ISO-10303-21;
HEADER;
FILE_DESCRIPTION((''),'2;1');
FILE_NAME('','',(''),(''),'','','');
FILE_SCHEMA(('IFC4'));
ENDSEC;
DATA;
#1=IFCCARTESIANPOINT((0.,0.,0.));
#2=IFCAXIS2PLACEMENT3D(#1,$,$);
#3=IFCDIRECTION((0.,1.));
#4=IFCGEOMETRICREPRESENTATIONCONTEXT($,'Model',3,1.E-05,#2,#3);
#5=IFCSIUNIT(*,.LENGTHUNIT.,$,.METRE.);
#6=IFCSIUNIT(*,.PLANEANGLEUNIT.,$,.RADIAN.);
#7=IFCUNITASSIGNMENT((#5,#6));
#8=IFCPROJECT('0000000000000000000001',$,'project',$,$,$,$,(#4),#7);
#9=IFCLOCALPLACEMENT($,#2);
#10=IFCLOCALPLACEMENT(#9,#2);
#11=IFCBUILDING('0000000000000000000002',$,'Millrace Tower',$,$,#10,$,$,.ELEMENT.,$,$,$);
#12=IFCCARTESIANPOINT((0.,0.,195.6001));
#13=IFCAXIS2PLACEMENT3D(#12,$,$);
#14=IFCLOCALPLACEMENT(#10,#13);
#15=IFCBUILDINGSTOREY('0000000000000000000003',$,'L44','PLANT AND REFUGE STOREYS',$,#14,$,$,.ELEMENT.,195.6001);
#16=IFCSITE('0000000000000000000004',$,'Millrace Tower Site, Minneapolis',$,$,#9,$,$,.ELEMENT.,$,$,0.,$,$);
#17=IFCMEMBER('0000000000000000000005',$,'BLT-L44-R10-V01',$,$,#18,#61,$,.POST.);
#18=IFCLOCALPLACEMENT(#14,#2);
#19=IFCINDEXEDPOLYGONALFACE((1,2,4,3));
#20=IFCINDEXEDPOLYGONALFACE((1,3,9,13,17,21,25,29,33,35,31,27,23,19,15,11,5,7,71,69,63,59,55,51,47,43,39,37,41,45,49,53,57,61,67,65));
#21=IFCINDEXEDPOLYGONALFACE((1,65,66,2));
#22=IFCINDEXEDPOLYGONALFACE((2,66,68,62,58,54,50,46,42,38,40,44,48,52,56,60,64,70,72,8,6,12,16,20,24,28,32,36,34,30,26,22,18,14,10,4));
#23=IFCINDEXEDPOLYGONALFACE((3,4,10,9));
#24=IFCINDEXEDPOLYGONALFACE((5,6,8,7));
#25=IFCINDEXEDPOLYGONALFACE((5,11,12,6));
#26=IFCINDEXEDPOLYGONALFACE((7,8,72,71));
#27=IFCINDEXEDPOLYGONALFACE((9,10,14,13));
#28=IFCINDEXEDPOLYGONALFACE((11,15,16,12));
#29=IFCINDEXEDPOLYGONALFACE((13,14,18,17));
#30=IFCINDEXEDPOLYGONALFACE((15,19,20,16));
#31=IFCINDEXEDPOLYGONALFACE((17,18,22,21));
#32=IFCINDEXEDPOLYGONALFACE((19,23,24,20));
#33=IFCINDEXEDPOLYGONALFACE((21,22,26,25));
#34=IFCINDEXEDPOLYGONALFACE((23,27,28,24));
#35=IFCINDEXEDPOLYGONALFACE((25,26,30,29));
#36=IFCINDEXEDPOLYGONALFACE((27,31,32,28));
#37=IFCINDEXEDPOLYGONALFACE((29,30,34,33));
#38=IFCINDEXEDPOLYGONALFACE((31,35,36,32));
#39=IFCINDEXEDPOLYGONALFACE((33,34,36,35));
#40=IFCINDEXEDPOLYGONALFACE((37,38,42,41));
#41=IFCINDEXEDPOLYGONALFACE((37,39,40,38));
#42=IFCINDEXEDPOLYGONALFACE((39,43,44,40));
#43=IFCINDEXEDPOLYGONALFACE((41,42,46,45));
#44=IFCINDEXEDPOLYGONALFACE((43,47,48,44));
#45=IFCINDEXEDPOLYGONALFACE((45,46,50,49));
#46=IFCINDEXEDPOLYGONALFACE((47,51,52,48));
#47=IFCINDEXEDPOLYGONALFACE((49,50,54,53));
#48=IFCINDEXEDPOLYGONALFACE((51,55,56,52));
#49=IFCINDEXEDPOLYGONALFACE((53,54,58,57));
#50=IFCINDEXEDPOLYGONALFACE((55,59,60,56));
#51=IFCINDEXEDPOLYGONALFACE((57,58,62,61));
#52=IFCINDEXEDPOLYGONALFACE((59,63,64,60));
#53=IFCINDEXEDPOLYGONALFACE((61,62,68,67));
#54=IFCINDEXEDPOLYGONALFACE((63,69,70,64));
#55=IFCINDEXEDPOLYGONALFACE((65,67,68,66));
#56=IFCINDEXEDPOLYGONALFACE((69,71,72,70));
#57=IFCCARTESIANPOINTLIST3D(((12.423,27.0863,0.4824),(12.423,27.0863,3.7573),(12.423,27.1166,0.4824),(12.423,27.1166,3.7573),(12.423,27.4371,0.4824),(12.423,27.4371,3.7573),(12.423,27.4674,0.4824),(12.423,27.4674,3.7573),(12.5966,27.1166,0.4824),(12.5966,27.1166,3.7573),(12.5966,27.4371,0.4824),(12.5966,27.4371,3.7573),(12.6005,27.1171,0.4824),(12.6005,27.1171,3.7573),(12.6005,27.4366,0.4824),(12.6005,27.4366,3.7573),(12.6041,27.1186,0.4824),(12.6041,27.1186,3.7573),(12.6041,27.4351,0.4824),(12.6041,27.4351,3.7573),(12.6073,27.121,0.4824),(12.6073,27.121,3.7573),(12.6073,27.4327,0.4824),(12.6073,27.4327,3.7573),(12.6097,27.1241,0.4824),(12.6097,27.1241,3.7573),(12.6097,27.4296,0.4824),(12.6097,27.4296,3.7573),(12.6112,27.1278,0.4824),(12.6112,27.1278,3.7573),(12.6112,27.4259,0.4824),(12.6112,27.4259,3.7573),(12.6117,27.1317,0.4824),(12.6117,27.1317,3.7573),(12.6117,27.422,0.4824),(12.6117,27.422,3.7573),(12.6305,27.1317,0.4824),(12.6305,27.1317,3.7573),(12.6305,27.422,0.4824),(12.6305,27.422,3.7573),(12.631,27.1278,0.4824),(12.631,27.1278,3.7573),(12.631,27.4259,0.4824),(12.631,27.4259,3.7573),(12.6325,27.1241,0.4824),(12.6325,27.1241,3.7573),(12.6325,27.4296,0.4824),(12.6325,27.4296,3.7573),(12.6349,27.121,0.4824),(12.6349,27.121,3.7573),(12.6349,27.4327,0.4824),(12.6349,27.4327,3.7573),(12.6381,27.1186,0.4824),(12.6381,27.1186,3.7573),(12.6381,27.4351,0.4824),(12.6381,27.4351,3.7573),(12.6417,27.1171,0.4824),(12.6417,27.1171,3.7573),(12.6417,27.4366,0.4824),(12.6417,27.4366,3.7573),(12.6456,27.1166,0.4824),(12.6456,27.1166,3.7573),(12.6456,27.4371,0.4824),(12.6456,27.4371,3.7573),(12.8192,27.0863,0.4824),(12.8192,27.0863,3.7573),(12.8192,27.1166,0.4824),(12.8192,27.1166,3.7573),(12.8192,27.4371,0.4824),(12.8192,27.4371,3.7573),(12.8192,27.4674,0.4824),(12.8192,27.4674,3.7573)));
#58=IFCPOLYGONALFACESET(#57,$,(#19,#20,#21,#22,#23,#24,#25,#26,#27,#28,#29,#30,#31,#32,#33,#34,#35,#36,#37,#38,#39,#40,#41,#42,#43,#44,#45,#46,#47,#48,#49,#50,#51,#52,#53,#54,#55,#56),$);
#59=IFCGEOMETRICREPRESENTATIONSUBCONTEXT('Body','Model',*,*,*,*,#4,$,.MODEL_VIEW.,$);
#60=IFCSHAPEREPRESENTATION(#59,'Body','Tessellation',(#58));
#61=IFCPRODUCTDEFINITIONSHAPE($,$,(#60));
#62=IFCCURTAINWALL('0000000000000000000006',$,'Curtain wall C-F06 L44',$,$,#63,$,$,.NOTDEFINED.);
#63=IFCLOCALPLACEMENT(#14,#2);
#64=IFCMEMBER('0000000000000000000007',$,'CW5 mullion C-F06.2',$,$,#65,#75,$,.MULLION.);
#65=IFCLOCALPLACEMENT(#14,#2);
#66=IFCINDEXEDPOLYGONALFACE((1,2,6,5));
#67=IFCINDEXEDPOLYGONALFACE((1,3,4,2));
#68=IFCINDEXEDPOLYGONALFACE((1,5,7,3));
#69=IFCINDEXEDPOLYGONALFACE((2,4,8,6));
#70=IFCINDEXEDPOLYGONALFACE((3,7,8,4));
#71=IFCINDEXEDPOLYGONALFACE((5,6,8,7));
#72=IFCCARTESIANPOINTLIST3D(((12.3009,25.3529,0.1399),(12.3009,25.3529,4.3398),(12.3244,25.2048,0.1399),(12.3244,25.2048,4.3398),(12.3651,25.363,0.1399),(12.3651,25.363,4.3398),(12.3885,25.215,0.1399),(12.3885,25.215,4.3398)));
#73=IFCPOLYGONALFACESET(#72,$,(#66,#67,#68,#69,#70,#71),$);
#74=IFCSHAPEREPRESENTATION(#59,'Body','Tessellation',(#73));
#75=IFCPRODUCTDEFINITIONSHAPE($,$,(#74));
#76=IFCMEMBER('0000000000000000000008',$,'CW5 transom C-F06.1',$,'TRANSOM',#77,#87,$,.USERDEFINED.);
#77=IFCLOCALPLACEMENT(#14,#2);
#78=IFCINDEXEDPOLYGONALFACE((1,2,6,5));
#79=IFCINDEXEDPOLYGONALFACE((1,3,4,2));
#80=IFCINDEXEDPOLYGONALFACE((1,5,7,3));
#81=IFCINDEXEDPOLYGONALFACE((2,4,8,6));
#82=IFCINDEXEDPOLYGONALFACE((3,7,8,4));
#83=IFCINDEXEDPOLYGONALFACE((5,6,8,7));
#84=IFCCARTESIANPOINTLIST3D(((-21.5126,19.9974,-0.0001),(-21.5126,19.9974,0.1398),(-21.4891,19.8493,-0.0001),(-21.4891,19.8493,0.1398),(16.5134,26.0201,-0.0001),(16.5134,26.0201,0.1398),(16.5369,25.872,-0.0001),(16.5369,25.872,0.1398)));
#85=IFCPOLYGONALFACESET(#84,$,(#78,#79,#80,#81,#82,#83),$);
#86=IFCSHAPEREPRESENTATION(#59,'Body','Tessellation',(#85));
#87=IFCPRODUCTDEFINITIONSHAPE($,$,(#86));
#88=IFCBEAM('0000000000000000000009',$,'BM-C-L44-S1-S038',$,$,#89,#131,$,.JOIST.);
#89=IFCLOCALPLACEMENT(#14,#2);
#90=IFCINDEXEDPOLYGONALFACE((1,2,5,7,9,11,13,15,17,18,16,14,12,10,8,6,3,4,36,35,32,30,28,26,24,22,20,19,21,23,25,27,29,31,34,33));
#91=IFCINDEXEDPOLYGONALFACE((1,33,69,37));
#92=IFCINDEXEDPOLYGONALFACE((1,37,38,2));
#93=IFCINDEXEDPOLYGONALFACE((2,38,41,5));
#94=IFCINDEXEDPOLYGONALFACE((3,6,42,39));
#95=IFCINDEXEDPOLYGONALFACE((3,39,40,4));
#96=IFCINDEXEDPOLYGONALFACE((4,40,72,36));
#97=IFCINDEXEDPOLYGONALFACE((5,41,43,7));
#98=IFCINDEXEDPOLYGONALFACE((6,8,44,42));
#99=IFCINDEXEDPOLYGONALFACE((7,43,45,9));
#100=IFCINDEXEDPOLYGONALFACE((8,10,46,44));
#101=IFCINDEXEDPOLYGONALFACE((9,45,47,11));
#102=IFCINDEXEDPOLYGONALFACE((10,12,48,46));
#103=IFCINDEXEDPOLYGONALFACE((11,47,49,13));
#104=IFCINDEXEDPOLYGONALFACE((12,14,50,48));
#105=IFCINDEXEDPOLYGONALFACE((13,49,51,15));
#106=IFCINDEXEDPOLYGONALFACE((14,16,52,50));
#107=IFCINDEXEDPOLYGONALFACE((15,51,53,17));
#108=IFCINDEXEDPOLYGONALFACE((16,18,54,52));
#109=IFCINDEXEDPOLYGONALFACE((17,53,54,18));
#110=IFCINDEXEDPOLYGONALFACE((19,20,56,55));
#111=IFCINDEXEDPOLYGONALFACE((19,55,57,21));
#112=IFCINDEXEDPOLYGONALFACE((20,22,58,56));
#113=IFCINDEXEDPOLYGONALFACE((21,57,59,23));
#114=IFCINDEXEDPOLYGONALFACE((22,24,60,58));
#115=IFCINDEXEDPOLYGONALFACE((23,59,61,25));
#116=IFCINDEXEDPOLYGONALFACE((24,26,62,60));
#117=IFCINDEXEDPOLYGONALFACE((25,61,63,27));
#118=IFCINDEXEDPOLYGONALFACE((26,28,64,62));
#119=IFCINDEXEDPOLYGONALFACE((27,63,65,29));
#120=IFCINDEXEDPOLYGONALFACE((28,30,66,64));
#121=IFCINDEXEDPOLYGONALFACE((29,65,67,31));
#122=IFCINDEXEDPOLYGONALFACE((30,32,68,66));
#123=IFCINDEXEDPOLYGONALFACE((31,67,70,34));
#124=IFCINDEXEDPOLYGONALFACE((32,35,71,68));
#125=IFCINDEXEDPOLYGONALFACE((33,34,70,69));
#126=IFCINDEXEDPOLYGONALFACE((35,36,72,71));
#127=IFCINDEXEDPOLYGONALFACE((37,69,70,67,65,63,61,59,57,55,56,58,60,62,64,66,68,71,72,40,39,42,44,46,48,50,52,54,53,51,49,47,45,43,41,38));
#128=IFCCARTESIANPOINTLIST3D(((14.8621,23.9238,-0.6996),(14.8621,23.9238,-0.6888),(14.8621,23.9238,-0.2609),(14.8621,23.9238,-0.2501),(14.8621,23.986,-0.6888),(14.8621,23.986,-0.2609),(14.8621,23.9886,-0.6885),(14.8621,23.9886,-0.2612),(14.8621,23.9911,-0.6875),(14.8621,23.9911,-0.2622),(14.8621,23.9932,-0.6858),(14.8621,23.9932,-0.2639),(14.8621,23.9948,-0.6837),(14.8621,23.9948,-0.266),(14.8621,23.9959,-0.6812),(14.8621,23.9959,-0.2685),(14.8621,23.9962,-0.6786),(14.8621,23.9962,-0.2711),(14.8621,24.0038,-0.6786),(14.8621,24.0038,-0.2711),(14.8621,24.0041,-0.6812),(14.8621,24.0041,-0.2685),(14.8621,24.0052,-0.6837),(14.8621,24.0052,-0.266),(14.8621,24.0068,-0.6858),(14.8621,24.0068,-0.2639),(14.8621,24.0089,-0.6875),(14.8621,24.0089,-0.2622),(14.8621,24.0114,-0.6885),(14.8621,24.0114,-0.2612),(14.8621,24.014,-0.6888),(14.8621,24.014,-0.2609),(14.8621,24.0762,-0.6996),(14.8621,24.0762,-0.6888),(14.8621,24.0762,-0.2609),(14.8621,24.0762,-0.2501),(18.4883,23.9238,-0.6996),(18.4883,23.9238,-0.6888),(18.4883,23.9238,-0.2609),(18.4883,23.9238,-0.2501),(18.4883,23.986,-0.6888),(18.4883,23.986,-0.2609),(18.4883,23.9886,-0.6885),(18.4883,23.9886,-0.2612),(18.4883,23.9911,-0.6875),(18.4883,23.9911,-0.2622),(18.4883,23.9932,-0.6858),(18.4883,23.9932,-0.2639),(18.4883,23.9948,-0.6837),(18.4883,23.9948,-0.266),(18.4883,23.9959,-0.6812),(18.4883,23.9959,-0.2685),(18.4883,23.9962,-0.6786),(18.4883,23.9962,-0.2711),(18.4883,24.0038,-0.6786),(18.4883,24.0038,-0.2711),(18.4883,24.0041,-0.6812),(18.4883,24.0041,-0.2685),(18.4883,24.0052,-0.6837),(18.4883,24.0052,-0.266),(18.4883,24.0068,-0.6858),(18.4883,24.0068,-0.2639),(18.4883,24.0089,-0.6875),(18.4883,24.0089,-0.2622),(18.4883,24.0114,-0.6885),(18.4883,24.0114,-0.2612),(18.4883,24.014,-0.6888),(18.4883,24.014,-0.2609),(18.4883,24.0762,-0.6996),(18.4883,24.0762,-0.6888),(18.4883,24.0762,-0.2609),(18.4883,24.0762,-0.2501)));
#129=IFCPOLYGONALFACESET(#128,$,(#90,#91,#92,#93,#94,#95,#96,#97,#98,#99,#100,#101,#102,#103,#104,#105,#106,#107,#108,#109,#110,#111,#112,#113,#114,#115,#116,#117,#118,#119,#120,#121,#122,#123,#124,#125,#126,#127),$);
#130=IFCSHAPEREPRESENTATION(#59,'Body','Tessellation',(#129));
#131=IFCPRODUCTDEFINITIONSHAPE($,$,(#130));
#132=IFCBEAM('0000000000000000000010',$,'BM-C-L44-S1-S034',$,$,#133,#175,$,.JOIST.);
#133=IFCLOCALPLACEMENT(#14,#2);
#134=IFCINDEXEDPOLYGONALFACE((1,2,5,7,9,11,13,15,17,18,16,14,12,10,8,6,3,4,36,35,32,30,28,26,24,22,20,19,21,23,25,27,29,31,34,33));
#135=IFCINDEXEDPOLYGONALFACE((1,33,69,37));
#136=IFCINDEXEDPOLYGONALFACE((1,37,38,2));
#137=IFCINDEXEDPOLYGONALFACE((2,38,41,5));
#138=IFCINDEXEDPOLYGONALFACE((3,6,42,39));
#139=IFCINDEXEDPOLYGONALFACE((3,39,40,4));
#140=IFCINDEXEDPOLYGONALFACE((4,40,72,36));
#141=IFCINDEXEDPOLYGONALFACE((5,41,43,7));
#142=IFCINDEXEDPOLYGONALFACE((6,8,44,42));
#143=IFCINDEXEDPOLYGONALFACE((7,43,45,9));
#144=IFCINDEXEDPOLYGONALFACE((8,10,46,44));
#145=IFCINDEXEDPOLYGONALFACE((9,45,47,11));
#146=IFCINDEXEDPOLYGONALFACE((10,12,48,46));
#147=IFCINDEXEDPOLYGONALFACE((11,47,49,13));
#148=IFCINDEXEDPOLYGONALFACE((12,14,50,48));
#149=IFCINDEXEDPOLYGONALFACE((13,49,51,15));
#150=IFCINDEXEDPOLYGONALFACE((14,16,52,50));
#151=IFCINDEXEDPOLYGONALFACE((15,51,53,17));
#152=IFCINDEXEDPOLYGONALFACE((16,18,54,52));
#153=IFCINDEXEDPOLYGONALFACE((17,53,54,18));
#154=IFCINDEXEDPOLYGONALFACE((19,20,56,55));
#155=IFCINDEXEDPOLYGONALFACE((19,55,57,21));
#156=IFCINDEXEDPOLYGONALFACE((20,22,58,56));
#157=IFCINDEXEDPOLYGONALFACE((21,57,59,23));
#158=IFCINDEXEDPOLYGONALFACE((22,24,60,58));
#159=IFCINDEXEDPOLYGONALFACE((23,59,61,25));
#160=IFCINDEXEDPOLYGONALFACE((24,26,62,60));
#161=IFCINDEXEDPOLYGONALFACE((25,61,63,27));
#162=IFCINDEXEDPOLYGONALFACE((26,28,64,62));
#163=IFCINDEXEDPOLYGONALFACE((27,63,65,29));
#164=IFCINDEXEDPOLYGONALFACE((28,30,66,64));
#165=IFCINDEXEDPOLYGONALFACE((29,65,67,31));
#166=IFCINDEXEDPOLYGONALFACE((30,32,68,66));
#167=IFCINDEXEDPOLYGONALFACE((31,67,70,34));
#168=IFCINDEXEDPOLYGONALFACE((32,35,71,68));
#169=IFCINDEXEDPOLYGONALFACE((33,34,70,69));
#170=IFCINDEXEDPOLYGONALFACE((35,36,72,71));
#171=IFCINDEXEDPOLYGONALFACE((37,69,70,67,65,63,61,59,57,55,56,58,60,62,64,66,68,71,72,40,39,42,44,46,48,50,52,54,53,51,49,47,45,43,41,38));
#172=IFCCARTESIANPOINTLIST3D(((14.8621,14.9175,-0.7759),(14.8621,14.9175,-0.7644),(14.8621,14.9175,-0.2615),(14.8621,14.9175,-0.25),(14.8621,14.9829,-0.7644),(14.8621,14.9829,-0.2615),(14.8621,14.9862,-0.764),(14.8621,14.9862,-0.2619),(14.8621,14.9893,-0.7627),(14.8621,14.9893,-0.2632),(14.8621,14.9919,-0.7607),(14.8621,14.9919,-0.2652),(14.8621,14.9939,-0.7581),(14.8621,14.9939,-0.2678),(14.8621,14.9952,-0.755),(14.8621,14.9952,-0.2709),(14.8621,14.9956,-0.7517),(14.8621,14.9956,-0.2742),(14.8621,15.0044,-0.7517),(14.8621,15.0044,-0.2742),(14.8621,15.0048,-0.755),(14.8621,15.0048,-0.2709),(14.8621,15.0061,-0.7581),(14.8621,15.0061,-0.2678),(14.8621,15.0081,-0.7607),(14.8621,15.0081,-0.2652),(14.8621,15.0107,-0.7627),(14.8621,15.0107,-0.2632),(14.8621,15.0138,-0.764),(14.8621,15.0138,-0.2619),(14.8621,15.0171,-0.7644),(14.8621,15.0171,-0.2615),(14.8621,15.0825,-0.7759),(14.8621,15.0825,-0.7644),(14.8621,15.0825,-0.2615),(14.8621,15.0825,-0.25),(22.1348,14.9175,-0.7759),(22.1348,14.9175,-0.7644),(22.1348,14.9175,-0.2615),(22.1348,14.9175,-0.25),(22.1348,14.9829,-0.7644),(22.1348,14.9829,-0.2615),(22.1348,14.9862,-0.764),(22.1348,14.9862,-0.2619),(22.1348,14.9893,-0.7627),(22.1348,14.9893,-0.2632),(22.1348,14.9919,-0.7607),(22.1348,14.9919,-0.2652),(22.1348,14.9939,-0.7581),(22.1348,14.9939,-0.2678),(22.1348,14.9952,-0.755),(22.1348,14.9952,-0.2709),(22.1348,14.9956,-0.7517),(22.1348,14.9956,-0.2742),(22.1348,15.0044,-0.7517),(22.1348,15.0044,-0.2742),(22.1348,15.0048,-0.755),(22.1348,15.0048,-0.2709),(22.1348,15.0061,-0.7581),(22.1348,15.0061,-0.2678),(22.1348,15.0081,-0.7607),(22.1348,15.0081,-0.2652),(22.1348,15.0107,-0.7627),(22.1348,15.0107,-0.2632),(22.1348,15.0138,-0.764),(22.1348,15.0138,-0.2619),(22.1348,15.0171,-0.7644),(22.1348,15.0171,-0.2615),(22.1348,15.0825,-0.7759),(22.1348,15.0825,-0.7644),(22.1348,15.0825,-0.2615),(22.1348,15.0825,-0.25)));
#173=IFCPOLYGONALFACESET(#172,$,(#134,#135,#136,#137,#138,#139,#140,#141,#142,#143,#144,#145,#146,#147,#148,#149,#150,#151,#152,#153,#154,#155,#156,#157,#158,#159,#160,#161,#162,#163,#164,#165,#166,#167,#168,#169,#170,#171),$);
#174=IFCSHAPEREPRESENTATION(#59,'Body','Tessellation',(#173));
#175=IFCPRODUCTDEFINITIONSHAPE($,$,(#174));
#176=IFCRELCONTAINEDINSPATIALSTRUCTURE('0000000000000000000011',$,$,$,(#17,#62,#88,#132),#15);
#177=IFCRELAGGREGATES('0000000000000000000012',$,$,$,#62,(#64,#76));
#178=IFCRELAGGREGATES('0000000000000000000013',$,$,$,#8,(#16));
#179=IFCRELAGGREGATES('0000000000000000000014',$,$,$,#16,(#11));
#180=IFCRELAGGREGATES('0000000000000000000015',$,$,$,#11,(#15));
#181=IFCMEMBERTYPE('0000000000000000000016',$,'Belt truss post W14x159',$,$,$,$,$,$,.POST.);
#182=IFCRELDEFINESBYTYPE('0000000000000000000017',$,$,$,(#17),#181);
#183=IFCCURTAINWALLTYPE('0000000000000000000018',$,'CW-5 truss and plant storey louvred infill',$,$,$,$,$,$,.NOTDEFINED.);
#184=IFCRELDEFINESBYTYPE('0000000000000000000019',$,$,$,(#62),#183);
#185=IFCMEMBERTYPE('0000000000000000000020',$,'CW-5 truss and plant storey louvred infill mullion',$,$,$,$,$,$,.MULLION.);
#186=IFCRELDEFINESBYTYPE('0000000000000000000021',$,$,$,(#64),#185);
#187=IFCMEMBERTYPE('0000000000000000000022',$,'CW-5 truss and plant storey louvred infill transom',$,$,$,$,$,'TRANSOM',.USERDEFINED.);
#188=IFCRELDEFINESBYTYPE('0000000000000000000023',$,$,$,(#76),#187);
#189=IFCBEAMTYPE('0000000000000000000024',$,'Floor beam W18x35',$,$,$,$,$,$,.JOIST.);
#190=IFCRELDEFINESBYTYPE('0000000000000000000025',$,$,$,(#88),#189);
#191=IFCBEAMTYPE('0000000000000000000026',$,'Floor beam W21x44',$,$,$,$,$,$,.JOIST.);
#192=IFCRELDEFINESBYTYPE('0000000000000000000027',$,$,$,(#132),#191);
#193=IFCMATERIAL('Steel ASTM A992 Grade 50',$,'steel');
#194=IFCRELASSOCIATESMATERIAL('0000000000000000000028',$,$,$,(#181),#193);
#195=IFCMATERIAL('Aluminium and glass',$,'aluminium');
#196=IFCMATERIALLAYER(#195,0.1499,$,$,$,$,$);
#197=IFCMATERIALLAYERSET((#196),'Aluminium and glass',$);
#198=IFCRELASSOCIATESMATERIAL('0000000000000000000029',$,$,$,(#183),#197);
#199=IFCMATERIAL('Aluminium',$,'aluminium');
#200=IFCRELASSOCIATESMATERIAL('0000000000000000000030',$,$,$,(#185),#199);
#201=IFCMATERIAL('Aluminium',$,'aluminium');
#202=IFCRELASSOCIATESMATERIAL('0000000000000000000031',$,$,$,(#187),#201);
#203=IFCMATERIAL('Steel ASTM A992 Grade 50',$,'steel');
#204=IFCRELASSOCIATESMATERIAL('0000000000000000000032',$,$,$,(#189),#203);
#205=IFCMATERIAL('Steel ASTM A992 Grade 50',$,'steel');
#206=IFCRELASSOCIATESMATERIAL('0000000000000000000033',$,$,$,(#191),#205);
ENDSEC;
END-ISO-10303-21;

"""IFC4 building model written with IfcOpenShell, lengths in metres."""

from ifc_helpers import new_model, si_unit, direction, frame, origin, origin_2d, place, context, subcontext, project, spatial, rectangle, i_section, extrude, material, layer, layer_set, material_profile, profile_set, type_object, element, aggregate, save


model = new_model("IFC4")

# Units and contexts
model_context = context("Model", 3, precision=1e-05, world=origin(), true_north=direction((0.0, 1.0)))
body_context = subcontext(model_context, "Body", "Model", "MODEL_VIEW")
ifc_project = project(units=[si_unit("LENGTHUNIT", "METRE"), si_unit("PLANEANGLEUNIT", "RADIAN")], contexts=[model_context])

# Site, building, storey
site_placement = place(None, origin())
site = spatial("IfcSite", under=ifc_project, at=site_placement, Name="Millrace Tower Site, Minneapolis", CompositionType="ELEMENT", RefElevation=0.0)
building_placement = place(site_placement, origin())
building = spatial("IfcBuilding", under=site, at=building_placement, Name="Millrace Tower", CompositionType="ELEMENT")
storey_placement = place(building_placement, frame((0.0, 0.0, 195.6001)))
storey = spatial("IfcBuildingStorey", under=building, at=storey_placement, Name="L44", Description="PLANT AND REFUGE STOREYS", CompositionType="ELEMENT", Elevation=195.6001)

# Member
ifc_material_1 = material(Name="Steel ASTM A992 Grade 50", Category="steel")
ifc_material_profile_1 = material_profile(ifc_material_1, i_section(OverallWidth=0.3962, OverallDepth=0.3811, WebThickness=0.0188, FlangeThickness=0.0303, FilletRadius=0.0151, at=origin_2d()))
ifc_profile_set_1 = profile_set([ifc_material_profile_1], Name="Steel ASTM A992 Grade 50")
member_type_1 = type_object("IfcMemberType", Name="Belt truss post W14x159", PredefinedType="POST", material=ifc_profile_set_1)
member_1_placement = place(storey_placement, frame((12.6211, 27.2769, 0.4824), z_axis=(0.0, 0.0, 1.0), x_axis=(1.0, 0.0, 0.0)))
element("IfcMember", 1, at=member_1_placement, inside=storey, type_object=member_type_1, Name="BLT-L44-R10-V01", PredefinedType="POST", context=body_context, shape_type="SweptSolid", body=[
    extrude(i_section(OverallWidth=0.3962, OverallDepth=0.3811, WebThickness=0.0188, FlangeThickness=0.0303, FilletRadius=0.0151, at=origin_2d()), origin(), (0.0, 0.0, 1.0), 3.2749),
])

# Curtain wall, members
ifc_material_2 = material(Name="Aluminium and glass", Category="aluminium")
ifc_layer_1 = layer(ifc_material_2, 0.1499)
ifc_layer_set_1 = layer_set([ifc_layer_1], Name="Aluminium and glass")
curtain_wall_type = type_object("IfcCurtainWallType", Name="CW-5 truss and plant storey louvred infill", PredefinedType="NOTDEFINED", material=ifc_layer_set_1)
curtain_wall_placement = place(storey_placement, origin())
curtain_wall = element("IfcCurtainWall", 2, at=curtain_wall_placement, inside=storey, type_object=curtain_wall_type, Name="Curtain wall C-F06 L44", PredefinedType="NOTDEFINED")
ifc_material_3 = material(Name="Aluminium", Category="aluminium")
ifc_material_profile_2 = material_profile(ifc_material_3, rectangle(XDim=0.0649, YDim=0.1499, at=origin_2d()))
ifc_profile_set_2 = profile_set([ifc_material_profile_2], Name="Aluminium")
member_type_2 = type_object("IfcMemberType", Name="CW-5 truss and plant storey louvred infill mullion", PredefinedType="MULLION", material=ifc_profile_set_2)
member_2_placement = place(storey_placement, frame((12.3447, 25.2839, 0.1399), z_axis=(0.0, 0.0, 1.0), x_axis=(-0.987688, -0.156434, 0.0)))
member_2 = element("IfcMember", 3, at=member_2_placement, type_object=member_type_2, Name="CW5 mullion C-F06.2", PredefinedType="MULLION", context=body_context, shape_type="SweptSolid", body=[
    extrude(rectangle(XDim=0.0649, YDim=0.1499, at=origin_2d()), origin(), (0.0, 0.0, 1.0), 4.2),
])
ifc_material_4 = material(Name="Aluminium", Category="aluminium")
ifc_material_profile_3 = material_profile(ifc_material_4, rectangle(XDim=0.1499, YDim=0.1399, at=origin_2d()))
ifc_profile_set_3 = profile_set([ifc_material_profile_3], Name="Aluminium")
member_type_3 = type_object("IfcMemberType", Name="CW-5 truss and plant storey louvred infill transom", ElementType="TRANSOM", PredefinedType="USERDEFINED", material=ifc_profile_set_3)
member_3_placement = place(storey_placement, frame((16.5251, 25.946, 0.0698), z_axis=(-0.987689, -0.156433, 0.0), x_axis=(0.156433, -0.987689, 0.0)))
member_3 = element("IfcMember", 4, at=member_3_placement, type_object=member_type_3, Name="CW5 transom C-F06.1", ObjectType="TRANSOM", PredefinedType="USERDEFINED", context=body_context, shape_type="SweptSolid", body=[
    extrude(rectangle(XDim=0.1499, YDim=0.1399, at=origin_2d()), origin(), (0.0, 0.0, 1.0), 38.5),
])
aggregate(curtain_wall, [member_2, member_3])

# Beams
ifc_material_5 = material(Name="Steel ASTM A992 Grade 50", Category="steel")
ifc_material_profile_4 = material_profile(ifc_material_5, i_section(OverallWidth=0.1523, OverallDepth=0.4495, WebThickness=0.0076, FlangeThickness=0.0107, FilletRadius=0.0103, at=origin_2d()))
ifc_profile_set_4 = profile_set([ifc_material_profile_4], Name="Steel ASTM A992 Grade 50")
beam_type_1 = type_object("IfcBeamType", Name="Floor beam W18x35", PredefinedType="JOIST", material=ifc_profile_set_4)
beam_1_placement = place(storey_placement, frame((14.8621, 24.0, -0.4749), z_axis=(1.0, 0.0, 0.0), x_axis=(0.0, 1.0, 0.0)))
element("IfcBeam", 5, at=beam_1_placement, inside=storey, type_object=beam_type_1, Name="BM-C-L44-S1-S038", PredefinedType="JOIST", context=body_context, shape_type="SweptSolid", body=[
    extrude(i_section(OverallWidth=0.1523, OverallDepth=0.4495, WebThickness=0.0076, FlangeThickness=0.0107, FilletRadius=0.0103, at=origin_2d()), origin(), (0.0, 0.0, 1.0), 3.6262),
])
ifc_material_6 = material(Name="Steel ASTM A992 Grade 50", Category="steel")
ifc_material_profile_5 = material_profile(ifc_material_6, i_section(OverallWidth=0.165, OverallDepth=0.5259, WebThickness=0.0088, FlangeThickness=0.0115, FilletRadius=0.0127, at=origin_2d()))
ifc_profile_set_5 = profile_set([ifc_material_profile_5], Name="Steel ASTM A992 Grade 50")
beam_type_2 = type_object("IfcBeamType", Name="Floor beam W21x44", PredefinedType="JOIST", material=ifc_profile_set_5)
beam_2_placement = place(storey_placement, frame((14.8621, 15.0, -0.5129), z_axis=(1.0, 0.0, 0.0), x_axis=(0.0, 1.0, 0.0)))
element("IfcBeam", 6, at=beam_2_placement, inside=storey, type_object=beam_type_2, Name="BM-C-L44-S1-S034", PredefinedType="JOIST", context=body_context, shape_type="SweptSolid", body=[
    extrude(i_section(OverallWidth=0.165, OverallDepth=0.5259, WebThickness=0.0088, FlangeThickness=0.0115, FilletRadius=0.0127, at=origin_2d()), origin(), (0.0, 0.0, 1.0), 7.2727),
])

save(model, "model.ifc")
